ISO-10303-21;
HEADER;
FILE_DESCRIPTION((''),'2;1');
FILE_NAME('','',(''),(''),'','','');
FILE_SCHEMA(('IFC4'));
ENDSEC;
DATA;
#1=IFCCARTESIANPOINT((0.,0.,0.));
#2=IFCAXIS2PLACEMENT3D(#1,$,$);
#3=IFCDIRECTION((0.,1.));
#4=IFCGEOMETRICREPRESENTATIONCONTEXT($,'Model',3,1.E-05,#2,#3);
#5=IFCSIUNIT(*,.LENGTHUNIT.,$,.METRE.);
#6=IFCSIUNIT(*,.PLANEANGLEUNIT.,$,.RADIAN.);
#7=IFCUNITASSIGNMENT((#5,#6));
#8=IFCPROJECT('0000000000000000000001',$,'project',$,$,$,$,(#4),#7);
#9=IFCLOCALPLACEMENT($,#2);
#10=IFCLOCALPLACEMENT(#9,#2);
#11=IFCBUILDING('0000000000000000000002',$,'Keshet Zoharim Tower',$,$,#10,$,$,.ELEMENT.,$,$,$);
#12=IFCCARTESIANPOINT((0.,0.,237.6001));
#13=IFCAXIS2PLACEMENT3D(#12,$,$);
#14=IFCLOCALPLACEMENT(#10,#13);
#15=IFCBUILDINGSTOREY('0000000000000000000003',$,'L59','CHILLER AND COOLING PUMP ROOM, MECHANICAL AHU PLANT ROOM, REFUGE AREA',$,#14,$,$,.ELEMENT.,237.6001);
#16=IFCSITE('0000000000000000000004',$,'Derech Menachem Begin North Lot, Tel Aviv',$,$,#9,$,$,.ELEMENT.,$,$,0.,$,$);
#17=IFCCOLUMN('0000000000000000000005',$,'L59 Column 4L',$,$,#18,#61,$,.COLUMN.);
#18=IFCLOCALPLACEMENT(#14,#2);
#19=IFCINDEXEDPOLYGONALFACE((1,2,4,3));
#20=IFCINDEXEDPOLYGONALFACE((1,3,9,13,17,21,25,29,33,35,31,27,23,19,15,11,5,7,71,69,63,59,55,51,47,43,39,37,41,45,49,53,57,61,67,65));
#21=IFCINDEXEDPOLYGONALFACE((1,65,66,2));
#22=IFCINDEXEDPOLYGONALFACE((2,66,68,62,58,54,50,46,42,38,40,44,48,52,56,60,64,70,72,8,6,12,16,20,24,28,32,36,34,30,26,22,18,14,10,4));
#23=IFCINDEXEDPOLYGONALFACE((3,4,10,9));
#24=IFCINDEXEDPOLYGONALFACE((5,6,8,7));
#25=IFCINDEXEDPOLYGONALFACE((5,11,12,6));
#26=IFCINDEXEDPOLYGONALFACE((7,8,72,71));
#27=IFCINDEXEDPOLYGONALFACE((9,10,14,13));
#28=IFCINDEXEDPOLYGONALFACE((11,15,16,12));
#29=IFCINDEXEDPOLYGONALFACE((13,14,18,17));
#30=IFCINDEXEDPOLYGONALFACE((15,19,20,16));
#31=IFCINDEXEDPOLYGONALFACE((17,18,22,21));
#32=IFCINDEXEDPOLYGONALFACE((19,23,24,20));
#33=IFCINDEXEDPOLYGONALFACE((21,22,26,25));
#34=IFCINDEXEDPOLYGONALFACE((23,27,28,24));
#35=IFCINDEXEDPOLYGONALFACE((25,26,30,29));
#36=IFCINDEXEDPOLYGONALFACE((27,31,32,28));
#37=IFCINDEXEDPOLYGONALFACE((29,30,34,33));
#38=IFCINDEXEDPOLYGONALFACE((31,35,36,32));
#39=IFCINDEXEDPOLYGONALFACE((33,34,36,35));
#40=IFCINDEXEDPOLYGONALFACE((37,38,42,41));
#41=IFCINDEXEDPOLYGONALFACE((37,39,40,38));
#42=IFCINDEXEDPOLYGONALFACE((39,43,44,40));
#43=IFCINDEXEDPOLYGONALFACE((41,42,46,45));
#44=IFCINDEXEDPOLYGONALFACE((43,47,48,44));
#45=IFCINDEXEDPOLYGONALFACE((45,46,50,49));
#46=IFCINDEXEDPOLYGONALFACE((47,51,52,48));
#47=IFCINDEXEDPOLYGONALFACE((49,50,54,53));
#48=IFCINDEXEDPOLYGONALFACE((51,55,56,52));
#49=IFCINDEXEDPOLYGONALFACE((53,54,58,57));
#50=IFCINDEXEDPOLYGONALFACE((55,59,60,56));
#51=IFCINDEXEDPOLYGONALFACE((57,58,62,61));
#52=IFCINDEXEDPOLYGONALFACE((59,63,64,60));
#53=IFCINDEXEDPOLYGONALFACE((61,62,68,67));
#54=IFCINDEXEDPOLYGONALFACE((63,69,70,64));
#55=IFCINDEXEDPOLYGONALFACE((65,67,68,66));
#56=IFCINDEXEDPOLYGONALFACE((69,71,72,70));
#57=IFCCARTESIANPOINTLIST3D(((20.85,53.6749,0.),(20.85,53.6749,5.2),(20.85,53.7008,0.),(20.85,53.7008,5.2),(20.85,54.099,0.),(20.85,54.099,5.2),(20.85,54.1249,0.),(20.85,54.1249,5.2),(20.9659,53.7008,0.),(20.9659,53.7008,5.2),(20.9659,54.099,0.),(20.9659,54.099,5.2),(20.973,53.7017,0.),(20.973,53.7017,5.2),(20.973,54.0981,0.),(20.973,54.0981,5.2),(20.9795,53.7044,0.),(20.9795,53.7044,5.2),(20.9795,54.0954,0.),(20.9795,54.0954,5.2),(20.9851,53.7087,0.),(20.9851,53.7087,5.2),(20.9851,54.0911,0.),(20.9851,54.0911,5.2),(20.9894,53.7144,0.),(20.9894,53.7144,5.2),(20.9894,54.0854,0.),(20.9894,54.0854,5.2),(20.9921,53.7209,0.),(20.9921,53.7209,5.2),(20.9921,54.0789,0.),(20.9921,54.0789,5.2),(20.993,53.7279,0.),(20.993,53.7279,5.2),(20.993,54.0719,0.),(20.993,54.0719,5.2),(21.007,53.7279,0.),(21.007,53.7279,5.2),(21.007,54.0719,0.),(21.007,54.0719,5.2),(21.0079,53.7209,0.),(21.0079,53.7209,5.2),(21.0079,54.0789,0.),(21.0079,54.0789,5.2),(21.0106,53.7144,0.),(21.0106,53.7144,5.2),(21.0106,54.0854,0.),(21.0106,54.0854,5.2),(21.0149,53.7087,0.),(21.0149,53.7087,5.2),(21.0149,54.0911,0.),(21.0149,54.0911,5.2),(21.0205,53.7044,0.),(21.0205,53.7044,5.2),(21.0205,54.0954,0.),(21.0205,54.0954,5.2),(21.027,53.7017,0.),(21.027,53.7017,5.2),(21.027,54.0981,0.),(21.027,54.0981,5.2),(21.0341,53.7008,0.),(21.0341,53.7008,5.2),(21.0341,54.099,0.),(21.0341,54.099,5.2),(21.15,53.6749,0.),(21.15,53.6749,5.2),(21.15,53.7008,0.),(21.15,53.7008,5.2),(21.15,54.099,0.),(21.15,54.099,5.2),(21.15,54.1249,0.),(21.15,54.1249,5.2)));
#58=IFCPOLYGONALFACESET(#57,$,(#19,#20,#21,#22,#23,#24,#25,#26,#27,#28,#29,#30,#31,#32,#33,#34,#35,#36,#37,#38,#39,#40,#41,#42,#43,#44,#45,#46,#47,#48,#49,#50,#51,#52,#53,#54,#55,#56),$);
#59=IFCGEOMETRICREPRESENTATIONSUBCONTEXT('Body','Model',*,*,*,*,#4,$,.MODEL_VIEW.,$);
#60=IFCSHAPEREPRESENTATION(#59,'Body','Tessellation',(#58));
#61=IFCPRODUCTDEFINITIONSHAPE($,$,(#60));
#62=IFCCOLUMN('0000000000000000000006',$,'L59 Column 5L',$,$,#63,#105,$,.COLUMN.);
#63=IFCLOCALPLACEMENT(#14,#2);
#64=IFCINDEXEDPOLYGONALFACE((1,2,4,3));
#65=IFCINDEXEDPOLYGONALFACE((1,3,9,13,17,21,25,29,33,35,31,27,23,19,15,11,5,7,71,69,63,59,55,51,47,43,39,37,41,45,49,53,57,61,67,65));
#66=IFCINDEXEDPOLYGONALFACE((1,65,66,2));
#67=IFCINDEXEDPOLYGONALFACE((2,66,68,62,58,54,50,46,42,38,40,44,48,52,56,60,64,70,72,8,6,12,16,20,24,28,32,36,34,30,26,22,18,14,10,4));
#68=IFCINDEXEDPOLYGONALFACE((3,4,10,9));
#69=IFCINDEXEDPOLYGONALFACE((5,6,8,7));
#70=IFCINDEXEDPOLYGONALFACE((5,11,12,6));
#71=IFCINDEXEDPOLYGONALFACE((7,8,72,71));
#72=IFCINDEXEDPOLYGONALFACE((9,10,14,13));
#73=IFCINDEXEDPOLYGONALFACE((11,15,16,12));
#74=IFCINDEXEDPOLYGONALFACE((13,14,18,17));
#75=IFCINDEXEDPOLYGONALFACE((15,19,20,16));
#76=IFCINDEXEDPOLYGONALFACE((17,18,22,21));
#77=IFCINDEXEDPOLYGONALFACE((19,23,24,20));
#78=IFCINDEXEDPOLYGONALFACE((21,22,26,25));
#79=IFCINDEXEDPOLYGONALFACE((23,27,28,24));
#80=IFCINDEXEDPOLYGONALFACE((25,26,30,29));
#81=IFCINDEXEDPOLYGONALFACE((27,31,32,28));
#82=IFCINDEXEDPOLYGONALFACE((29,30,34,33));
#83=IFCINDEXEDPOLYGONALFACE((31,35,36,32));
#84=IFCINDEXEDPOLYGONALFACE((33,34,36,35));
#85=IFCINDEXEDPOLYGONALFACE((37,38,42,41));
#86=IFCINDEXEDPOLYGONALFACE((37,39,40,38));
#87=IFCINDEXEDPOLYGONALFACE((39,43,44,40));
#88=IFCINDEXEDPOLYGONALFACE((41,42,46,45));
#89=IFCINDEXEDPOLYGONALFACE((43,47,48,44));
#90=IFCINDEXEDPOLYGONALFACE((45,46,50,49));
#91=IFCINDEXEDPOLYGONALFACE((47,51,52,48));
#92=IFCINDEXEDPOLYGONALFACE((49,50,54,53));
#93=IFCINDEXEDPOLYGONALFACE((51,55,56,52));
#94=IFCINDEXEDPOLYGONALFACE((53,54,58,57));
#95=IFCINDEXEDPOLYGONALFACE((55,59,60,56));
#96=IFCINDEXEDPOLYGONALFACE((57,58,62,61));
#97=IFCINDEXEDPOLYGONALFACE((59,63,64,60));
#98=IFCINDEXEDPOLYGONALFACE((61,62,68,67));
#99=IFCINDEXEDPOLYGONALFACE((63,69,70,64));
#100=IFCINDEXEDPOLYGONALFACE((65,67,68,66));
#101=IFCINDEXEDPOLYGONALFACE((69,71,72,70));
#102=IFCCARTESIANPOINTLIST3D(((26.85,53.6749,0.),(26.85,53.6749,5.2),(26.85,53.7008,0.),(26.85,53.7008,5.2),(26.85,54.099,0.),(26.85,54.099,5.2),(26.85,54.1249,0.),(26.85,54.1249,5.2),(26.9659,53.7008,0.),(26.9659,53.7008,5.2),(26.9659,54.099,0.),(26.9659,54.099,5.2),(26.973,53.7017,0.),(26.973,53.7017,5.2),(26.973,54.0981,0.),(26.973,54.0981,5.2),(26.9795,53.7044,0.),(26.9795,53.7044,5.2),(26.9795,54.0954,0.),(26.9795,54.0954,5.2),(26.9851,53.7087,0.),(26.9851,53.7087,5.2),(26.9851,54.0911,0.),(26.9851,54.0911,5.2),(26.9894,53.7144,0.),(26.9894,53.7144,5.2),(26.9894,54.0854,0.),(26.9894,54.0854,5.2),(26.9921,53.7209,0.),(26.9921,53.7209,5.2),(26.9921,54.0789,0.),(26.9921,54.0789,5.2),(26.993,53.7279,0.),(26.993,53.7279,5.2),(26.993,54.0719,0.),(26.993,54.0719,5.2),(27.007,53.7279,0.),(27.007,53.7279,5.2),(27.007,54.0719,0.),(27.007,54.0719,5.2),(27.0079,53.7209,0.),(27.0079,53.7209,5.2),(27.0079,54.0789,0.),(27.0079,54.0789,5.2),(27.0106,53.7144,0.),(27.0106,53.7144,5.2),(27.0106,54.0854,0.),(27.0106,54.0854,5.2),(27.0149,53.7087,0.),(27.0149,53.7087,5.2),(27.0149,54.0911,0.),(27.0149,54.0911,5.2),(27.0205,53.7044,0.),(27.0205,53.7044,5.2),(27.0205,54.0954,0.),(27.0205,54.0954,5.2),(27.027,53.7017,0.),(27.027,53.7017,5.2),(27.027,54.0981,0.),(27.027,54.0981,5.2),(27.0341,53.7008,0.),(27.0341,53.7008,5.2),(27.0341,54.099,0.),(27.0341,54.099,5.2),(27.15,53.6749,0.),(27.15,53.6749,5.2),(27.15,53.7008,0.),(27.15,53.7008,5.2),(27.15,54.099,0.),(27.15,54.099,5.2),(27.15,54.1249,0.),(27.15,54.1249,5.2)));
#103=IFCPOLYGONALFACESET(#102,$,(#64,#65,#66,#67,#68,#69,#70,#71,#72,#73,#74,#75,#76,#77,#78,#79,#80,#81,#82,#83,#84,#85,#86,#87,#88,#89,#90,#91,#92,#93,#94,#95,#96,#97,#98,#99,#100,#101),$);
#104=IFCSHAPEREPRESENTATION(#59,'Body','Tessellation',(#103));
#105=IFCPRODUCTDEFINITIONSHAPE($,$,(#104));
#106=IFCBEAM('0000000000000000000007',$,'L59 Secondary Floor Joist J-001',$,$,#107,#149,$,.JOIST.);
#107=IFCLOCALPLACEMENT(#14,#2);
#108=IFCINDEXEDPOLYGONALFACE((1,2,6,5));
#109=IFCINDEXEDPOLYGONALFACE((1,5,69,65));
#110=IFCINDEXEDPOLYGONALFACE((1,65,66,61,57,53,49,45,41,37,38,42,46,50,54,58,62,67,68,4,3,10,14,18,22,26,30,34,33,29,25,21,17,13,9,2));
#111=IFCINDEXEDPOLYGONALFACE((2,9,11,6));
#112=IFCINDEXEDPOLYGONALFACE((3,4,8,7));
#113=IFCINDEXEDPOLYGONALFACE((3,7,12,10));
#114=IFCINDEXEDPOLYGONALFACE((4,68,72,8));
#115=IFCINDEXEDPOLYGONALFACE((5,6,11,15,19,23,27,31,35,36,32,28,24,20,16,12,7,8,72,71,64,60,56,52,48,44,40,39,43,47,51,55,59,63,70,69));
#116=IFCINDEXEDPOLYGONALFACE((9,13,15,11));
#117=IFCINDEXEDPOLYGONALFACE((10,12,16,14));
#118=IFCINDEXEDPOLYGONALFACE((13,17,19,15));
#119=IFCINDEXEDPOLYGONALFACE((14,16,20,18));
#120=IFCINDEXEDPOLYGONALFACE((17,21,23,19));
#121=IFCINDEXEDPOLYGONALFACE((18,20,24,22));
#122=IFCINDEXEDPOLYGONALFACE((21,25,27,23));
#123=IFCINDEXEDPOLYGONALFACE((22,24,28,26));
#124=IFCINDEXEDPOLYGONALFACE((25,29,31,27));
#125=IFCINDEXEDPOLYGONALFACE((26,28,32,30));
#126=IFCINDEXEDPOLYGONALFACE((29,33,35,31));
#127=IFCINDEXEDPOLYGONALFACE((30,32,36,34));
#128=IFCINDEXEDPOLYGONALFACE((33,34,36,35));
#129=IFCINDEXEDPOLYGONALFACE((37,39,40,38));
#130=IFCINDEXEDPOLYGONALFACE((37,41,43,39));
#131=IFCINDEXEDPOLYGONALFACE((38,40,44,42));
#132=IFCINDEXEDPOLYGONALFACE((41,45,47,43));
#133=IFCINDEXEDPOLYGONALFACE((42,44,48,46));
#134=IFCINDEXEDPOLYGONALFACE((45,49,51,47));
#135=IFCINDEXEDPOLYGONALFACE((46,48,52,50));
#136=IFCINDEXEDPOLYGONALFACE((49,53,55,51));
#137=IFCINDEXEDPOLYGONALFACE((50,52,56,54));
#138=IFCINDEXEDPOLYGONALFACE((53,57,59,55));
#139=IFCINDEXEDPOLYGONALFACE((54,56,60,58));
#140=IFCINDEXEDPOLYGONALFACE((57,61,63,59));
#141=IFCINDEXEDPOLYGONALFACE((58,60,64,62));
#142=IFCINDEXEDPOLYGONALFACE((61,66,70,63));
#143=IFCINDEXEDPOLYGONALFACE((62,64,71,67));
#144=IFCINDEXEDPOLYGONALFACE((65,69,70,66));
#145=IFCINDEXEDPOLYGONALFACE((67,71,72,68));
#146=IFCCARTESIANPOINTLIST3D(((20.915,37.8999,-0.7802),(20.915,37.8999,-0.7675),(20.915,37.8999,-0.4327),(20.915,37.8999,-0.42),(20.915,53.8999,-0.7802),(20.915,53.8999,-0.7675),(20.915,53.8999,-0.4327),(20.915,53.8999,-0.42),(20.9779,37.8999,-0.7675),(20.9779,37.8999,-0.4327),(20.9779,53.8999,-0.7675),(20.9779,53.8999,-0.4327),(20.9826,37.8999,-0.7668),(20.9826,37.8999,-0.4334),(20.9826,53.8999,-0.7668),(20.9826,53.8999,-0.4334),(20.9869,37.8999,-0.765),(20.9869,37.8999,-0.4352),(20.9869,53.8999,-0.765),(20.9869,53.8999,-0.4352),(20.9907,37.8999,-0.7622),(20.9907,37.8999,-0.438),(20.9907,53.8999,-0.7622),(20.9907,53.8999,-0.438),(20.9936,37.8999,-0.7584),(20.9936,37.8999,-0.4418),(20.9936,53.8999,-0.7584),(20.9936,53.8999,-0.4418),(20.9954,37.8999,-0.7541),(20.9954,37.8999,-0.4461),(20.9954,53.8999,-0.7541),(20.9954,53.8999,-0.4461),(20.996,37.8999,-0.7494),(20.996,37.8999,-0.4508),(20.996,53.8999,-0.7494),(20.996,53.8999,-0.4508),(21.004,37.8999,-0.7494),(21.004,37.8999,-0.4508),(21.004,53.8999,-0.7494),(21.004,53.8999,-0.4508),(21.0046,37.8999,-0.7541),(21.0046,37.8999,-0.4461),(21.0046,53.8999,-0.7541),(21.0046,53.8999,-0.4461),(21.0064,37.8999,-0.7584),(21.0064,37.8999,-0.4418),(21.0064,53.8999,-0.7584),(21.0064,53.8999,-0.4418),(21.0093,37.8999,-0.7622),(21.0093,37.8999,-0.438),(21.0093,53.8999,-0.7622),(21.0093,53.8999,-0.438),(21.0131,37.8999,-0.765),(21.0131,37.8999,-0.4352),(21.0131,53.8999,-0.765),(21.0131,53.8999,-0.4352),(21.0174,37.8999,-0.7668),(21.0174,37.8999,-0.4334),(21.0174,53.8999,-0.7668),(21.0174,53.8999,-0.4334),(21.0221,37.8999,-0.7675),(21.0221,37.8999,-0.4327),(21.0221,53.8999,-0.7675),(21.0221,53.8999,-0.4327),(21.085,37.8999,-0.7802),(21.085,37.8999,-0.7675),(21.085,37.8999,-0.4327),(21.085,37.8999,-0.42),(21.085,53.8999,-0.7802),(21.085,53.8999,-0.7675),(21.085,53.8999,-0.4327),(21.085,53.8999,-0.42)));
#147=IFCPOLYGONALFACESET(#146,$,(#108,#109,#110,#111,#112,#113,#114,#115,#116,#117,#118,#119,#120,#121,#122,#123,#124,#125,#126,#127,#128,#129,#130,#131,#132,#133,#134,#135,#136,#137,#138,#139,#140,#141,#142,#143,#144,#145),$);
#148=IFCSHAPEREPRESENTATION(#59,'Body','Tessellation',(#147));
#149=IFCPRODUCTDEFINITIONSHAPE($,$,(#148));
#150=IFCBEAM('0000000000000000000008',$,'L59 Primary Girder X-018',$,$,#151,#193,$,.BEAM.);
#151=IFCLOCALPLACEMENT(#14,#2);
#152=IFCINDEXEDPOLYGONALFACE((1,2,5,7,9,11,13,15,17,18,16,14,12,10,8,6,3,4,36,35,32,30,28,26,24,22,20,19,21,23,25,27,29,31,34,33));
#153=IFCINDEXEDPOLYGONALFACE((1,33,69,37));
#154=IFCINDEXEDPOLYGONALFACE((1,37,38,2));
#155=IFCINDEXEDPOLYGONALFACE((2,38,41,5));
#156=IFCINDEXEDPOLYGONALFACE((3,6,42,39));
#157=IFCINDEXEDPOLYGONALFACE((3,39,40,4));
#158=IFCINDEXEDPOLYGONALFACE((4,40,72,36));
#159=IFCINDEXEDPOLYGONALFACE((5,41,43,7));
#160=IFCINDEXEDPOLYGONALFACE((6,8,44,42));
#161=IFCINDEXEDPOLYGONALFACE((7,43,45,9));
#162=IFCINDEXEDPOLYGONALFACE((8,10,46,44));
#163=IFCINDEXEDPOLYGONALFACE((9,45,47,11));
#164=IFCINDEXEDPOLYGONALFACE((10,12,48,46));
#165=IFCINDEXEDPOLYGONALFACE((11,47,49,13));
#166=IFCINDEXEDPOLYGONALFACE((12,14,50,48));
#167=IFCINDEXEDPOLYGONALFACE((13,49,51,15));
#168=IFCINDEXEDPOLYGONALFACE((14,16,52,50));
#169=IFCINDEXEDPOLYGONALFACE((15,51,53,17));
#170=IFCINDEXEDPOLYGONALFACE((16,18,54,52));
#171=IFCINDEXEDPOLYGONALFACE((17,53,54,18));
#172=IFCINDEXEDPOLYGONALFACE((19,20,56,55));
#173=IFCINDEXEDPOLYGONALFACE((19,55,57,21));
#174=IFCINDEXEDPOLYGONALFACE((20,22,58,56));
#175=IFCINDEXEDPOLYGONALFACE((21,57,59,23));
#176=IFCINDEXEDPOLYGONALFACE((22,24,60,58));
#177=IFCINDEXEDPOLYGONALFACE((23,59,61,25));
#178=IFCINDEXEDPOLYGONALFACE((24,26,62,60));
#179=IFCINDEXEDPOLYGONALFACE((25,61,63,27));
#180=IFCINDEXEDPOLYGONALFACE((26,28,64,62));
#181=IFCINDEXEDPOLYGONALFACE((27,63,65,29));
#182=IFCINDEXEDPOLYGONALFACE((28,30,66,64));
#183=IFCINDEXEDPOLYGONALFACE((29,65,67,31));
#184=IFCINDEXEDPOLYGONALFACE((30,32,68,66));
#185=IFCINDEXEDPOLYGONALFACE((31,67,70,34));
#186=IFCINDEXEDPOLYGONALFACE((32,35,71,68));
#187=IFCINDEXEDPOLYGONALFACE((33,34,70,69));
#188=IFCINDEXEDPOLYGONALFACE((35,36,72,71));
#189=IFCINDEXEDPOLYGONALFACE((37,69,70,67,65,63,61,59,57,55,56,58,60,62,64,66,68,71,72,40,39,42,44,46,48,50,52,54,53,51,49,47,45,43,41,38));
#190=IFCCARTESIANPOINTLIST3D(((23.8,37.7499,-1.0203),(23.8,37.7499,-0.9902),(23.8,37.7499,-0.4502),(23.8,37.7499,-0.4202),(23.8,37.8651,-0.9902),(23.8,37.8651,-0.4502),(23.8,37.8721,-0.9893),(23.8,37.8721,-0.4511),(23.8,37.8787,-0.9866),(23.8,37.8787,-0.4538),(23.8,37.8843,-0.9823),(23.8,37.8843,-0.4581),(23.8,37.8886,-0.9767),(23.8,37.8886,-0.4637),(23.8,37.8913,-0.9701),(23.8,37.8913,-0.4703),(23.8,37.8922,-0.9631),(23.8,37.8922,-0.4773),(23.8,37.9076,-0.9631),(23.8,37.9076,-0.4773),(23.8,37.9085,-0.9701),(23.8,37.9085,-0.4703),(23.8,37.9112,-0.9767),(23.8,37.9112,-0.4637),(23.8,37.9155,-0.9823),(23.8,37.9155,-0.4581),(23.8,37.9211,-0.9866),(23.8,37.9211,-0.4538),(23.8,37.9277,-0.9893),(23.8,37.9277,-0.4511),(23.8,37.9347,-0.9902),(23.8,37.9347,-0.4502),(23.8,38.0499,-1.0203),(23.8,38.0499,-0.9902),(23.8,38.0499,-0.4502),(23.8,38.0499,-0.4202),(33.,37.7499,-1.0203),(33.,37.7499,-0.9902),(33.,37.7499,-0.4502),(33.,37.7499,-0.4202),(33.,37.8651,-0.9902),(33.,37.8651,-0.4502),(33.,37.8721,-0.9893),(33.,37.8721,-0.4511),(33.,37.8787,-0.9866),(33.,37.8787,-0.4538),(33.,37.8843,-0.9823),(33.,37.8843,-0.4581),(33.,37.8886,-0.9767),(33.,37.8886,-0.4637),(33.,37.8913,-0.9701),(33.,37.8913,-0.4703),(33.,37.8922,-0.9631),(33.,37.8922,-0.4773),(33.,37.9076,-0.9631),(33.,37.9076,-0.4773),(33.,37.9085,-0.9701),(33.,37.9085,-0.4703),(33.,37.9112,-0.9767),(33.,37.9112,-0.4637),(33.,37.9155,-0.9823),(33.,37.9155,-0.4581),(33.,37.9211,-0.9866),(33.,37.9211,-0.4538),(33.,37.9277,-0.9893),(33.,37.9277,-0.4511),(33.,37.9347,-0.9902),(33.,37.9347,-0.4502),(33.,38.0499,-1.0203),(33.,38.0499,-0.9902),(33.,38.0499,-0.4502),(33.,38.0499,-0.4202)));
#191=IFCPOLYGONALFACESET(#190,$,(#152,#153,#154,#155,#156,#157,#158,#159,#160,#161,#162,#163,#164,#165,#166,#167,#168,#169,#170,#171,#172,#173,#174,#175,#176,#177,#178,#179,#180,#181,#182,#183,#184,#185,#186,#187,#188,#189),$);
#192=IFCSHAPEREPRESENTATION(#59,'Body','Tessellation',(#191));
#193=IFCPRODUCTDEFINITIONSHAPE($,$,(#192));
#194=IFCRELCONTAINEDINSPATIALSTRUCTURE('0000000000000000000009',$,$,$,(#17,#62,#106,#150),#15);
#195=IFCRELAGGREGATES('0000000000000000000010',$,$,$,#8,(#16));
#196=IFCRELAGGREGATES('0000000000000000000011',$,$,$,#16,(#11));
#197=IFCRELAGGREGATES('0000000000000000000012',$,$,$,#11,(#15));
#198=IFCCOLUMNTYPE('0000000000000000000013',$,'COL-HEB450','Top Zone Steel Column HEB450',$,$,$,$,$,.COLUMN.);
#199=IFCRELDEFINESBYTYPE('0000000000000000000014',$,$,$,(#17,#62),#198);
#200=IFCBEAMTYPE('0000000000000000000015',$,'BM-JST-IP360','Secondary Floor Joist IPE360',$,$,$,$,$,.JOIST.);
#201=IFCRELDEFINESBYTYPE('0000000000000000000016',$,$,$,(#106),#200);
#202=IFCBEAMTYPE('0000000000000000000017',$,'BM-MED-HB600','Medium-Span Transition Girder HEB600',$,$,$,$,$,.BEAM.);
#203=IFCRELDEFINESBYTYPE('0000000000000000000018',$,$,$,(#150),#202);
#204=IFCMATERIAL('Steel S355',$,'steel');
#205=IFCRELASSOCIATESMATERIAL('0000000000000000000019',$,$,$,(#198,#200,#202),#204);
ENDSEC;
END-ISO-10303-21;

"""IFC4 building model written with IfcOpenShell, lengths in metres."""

from ifc_helpers import new_model, si_unit, direction, frame, origin, origin_2d, place, context, subcontext, project, spatial, i_section, extrude, material, material_profile, profile_set, type_object, element, save


model = new_model("IFC4")

# Units and contexts
model_context = context("Model", 3, precision=1e-05, world=origin(), true_north=direction((0.0, 1.0)))
body_context = subcontext(model_context, "Body", "Model", "MODEL_VIEW")
ifc_project = project(units=[si_unit("LENGTHUNIT", "METRE"), si_unit("PLANEANGLEUNIT", "RADIAN")], contexts=[model_context])

# Site, building, storey
site_placement = place(None, origin())
site = spatial("IfcSite", under=ifc_project, at=site_placement, Name="Derech Menachem Begin North Lot, Tel Aviv", CompositionType="ELEMENT", RefElevation=0.0)
building_placement = place(site_placement, origin())
building = spatial("IfcBuilding", under=site, at=building_placement, Name="Keshet Zoharim Tower", CompositionType="ELEMENT")
storey_placement = place(building_placement, frame((0.0, 0.0, 237.6001)))
storey = spatial("IfcBuildingStorey", under=building, at=storey_placement, Name="L59", Description="CHILLER AND COOLING PUMP ROOM, MECHANICAL AHU PLANT ROOM, REFUGE AREA", CompositionType="ELEMENT", Elevation=237.6001)

# Columns
ifc_material_1 = material(Name="Steel S355", Category="steel")
ifc_material_profile_1 = material_profile(ifc_material_1, i_section(OverallWidth=0.3, OverallDepth=0.45, WebThickness=0.0139, FlangeThickness=0.0259, FilletRadius=0.0271, at=origin_2d()), Name="HEB450")
ifc_profile_set_1 = profile_set([ifc_material_profile_1], Name="Steel S355")
column_type = type_object("IfcColumnType", Name="COL-HEB450", Description="Top Zone Steel Column HEB450", PredefinedType="COLUMN", material=ifc_profile_set_1)
for number, where, z_axis, x_axis, name in (
    (1, (21.0, 53.8999, 0.0), (0.0, 0.0, 1.0), (1.0, 0.0, 0.0), "L59 Column 4L"),
    (2, (27.0, 53.8999, 0.0), (0.0, 0.0, 1.0), (1.0, 0.0, 0.0), "L59 Column 5L"),
):
    element("IfcColumn", number, at=place(storey_placement, frame(where, z_axis=z_axis, x_axis=x_axis)), inside=storey, type_object=column_type, Name=name, PredefinedType="COLUMN", context=body_context, shape_type="SweptSolid", body=[
        extrude(i_section(OverallWidth=0.3, OverallDepth=0.45, WebThickness=0.0139, FlangeThickness=0.0259, FilletRadius=0.0271, at=origin_2d()), origin(), (0.0, 0.0, 1.0), 5.2),
    ])

# Beams
ifc_material_profile_2 = material_profile(ifc_material_1, i_section(OverallWidth=0.1699, OverallDepth=0.3601, WebThickness=0.0081, FlangeThickness=0.0127, FilletRadius=0.0181, at=origin_2d()), Name="IPE360")
ifc_profile_set_2 = profile_set([ifc_material_profile_2], Name="Steel S355")
beam_type_1 = type_object("IfcBeamType", Name="BM-JST-IP360", Description="Secondary Floor Joist IPE360", PredefinedType="JOIST", material=ifc_profile_set_2)
beam_1_placement = place(storey_placement, frame((21.0, 37.8999, -0.6001), z_axis=(0.0, 1.0, 0.0), x_axis=(-1.0, 0.0, 0.0)))
element("IfcBeam", 3, at=beam_1_placement, inside=storey, type_object=beam_type_1, Name="L59 Secondary Floor Joist J-001", PredefinedType="JOIST", context=body_context, shape_type="SweptSolid", body=[
    extrude(i_section(OverallWidth=0.1699, OverallDepth=0.3601, WebThickness=0.0081, FlangeThickness=0.0127, FilletRadius=0.0181, at=origin_2d()), origin(), (0.0, 0.0, 1.0), 16.0),
])
ifc_material_profile_3 = material_profile(ifc_material_1, i_section(OverallWidth=0.3, OverallDepth=0.6001, WebThickness=0.0154, FlangeThickness=0.03, FilletRadius=0.0271, at=origin_2d()), Name="HEB600")
ifc_profile_set_3 = profile_set([ifc_material_profile_3], Name="Steel S355")
beam_type_2 = type_object("IfcBeamType", Name="BM-MED-HB600", Description="Medium-Span Transition Girder HEB600", PredefinedType="BEAM", material=ifc_profile_set_3)
beam_2_placement = place(storey_placement, frame((23.8, 37.8999, -0.7202), z_axis=(1.0, 0.0, 0.0), x_axis=(0.0, 1.0, 0.0)))
element("IfcBeam", 4, at=beam_2_placement, inside=storey, type_object=beam_type_2, Name="L59 Primary Girder X-018", PredefinedType="BEAM", context=body_context, shape_type="SweptSolid", body=[
    extrude(i_section(OverallWidth=0.3, OverallDepth=0.6001, WebThickness=0.0154, FlangeThickness=0.03, FilletRadius=0.0271, at=origin_2d()), origin(), (0.0, 0.0, 1.0), 9.2),
])

save(model, "model.ifc")
